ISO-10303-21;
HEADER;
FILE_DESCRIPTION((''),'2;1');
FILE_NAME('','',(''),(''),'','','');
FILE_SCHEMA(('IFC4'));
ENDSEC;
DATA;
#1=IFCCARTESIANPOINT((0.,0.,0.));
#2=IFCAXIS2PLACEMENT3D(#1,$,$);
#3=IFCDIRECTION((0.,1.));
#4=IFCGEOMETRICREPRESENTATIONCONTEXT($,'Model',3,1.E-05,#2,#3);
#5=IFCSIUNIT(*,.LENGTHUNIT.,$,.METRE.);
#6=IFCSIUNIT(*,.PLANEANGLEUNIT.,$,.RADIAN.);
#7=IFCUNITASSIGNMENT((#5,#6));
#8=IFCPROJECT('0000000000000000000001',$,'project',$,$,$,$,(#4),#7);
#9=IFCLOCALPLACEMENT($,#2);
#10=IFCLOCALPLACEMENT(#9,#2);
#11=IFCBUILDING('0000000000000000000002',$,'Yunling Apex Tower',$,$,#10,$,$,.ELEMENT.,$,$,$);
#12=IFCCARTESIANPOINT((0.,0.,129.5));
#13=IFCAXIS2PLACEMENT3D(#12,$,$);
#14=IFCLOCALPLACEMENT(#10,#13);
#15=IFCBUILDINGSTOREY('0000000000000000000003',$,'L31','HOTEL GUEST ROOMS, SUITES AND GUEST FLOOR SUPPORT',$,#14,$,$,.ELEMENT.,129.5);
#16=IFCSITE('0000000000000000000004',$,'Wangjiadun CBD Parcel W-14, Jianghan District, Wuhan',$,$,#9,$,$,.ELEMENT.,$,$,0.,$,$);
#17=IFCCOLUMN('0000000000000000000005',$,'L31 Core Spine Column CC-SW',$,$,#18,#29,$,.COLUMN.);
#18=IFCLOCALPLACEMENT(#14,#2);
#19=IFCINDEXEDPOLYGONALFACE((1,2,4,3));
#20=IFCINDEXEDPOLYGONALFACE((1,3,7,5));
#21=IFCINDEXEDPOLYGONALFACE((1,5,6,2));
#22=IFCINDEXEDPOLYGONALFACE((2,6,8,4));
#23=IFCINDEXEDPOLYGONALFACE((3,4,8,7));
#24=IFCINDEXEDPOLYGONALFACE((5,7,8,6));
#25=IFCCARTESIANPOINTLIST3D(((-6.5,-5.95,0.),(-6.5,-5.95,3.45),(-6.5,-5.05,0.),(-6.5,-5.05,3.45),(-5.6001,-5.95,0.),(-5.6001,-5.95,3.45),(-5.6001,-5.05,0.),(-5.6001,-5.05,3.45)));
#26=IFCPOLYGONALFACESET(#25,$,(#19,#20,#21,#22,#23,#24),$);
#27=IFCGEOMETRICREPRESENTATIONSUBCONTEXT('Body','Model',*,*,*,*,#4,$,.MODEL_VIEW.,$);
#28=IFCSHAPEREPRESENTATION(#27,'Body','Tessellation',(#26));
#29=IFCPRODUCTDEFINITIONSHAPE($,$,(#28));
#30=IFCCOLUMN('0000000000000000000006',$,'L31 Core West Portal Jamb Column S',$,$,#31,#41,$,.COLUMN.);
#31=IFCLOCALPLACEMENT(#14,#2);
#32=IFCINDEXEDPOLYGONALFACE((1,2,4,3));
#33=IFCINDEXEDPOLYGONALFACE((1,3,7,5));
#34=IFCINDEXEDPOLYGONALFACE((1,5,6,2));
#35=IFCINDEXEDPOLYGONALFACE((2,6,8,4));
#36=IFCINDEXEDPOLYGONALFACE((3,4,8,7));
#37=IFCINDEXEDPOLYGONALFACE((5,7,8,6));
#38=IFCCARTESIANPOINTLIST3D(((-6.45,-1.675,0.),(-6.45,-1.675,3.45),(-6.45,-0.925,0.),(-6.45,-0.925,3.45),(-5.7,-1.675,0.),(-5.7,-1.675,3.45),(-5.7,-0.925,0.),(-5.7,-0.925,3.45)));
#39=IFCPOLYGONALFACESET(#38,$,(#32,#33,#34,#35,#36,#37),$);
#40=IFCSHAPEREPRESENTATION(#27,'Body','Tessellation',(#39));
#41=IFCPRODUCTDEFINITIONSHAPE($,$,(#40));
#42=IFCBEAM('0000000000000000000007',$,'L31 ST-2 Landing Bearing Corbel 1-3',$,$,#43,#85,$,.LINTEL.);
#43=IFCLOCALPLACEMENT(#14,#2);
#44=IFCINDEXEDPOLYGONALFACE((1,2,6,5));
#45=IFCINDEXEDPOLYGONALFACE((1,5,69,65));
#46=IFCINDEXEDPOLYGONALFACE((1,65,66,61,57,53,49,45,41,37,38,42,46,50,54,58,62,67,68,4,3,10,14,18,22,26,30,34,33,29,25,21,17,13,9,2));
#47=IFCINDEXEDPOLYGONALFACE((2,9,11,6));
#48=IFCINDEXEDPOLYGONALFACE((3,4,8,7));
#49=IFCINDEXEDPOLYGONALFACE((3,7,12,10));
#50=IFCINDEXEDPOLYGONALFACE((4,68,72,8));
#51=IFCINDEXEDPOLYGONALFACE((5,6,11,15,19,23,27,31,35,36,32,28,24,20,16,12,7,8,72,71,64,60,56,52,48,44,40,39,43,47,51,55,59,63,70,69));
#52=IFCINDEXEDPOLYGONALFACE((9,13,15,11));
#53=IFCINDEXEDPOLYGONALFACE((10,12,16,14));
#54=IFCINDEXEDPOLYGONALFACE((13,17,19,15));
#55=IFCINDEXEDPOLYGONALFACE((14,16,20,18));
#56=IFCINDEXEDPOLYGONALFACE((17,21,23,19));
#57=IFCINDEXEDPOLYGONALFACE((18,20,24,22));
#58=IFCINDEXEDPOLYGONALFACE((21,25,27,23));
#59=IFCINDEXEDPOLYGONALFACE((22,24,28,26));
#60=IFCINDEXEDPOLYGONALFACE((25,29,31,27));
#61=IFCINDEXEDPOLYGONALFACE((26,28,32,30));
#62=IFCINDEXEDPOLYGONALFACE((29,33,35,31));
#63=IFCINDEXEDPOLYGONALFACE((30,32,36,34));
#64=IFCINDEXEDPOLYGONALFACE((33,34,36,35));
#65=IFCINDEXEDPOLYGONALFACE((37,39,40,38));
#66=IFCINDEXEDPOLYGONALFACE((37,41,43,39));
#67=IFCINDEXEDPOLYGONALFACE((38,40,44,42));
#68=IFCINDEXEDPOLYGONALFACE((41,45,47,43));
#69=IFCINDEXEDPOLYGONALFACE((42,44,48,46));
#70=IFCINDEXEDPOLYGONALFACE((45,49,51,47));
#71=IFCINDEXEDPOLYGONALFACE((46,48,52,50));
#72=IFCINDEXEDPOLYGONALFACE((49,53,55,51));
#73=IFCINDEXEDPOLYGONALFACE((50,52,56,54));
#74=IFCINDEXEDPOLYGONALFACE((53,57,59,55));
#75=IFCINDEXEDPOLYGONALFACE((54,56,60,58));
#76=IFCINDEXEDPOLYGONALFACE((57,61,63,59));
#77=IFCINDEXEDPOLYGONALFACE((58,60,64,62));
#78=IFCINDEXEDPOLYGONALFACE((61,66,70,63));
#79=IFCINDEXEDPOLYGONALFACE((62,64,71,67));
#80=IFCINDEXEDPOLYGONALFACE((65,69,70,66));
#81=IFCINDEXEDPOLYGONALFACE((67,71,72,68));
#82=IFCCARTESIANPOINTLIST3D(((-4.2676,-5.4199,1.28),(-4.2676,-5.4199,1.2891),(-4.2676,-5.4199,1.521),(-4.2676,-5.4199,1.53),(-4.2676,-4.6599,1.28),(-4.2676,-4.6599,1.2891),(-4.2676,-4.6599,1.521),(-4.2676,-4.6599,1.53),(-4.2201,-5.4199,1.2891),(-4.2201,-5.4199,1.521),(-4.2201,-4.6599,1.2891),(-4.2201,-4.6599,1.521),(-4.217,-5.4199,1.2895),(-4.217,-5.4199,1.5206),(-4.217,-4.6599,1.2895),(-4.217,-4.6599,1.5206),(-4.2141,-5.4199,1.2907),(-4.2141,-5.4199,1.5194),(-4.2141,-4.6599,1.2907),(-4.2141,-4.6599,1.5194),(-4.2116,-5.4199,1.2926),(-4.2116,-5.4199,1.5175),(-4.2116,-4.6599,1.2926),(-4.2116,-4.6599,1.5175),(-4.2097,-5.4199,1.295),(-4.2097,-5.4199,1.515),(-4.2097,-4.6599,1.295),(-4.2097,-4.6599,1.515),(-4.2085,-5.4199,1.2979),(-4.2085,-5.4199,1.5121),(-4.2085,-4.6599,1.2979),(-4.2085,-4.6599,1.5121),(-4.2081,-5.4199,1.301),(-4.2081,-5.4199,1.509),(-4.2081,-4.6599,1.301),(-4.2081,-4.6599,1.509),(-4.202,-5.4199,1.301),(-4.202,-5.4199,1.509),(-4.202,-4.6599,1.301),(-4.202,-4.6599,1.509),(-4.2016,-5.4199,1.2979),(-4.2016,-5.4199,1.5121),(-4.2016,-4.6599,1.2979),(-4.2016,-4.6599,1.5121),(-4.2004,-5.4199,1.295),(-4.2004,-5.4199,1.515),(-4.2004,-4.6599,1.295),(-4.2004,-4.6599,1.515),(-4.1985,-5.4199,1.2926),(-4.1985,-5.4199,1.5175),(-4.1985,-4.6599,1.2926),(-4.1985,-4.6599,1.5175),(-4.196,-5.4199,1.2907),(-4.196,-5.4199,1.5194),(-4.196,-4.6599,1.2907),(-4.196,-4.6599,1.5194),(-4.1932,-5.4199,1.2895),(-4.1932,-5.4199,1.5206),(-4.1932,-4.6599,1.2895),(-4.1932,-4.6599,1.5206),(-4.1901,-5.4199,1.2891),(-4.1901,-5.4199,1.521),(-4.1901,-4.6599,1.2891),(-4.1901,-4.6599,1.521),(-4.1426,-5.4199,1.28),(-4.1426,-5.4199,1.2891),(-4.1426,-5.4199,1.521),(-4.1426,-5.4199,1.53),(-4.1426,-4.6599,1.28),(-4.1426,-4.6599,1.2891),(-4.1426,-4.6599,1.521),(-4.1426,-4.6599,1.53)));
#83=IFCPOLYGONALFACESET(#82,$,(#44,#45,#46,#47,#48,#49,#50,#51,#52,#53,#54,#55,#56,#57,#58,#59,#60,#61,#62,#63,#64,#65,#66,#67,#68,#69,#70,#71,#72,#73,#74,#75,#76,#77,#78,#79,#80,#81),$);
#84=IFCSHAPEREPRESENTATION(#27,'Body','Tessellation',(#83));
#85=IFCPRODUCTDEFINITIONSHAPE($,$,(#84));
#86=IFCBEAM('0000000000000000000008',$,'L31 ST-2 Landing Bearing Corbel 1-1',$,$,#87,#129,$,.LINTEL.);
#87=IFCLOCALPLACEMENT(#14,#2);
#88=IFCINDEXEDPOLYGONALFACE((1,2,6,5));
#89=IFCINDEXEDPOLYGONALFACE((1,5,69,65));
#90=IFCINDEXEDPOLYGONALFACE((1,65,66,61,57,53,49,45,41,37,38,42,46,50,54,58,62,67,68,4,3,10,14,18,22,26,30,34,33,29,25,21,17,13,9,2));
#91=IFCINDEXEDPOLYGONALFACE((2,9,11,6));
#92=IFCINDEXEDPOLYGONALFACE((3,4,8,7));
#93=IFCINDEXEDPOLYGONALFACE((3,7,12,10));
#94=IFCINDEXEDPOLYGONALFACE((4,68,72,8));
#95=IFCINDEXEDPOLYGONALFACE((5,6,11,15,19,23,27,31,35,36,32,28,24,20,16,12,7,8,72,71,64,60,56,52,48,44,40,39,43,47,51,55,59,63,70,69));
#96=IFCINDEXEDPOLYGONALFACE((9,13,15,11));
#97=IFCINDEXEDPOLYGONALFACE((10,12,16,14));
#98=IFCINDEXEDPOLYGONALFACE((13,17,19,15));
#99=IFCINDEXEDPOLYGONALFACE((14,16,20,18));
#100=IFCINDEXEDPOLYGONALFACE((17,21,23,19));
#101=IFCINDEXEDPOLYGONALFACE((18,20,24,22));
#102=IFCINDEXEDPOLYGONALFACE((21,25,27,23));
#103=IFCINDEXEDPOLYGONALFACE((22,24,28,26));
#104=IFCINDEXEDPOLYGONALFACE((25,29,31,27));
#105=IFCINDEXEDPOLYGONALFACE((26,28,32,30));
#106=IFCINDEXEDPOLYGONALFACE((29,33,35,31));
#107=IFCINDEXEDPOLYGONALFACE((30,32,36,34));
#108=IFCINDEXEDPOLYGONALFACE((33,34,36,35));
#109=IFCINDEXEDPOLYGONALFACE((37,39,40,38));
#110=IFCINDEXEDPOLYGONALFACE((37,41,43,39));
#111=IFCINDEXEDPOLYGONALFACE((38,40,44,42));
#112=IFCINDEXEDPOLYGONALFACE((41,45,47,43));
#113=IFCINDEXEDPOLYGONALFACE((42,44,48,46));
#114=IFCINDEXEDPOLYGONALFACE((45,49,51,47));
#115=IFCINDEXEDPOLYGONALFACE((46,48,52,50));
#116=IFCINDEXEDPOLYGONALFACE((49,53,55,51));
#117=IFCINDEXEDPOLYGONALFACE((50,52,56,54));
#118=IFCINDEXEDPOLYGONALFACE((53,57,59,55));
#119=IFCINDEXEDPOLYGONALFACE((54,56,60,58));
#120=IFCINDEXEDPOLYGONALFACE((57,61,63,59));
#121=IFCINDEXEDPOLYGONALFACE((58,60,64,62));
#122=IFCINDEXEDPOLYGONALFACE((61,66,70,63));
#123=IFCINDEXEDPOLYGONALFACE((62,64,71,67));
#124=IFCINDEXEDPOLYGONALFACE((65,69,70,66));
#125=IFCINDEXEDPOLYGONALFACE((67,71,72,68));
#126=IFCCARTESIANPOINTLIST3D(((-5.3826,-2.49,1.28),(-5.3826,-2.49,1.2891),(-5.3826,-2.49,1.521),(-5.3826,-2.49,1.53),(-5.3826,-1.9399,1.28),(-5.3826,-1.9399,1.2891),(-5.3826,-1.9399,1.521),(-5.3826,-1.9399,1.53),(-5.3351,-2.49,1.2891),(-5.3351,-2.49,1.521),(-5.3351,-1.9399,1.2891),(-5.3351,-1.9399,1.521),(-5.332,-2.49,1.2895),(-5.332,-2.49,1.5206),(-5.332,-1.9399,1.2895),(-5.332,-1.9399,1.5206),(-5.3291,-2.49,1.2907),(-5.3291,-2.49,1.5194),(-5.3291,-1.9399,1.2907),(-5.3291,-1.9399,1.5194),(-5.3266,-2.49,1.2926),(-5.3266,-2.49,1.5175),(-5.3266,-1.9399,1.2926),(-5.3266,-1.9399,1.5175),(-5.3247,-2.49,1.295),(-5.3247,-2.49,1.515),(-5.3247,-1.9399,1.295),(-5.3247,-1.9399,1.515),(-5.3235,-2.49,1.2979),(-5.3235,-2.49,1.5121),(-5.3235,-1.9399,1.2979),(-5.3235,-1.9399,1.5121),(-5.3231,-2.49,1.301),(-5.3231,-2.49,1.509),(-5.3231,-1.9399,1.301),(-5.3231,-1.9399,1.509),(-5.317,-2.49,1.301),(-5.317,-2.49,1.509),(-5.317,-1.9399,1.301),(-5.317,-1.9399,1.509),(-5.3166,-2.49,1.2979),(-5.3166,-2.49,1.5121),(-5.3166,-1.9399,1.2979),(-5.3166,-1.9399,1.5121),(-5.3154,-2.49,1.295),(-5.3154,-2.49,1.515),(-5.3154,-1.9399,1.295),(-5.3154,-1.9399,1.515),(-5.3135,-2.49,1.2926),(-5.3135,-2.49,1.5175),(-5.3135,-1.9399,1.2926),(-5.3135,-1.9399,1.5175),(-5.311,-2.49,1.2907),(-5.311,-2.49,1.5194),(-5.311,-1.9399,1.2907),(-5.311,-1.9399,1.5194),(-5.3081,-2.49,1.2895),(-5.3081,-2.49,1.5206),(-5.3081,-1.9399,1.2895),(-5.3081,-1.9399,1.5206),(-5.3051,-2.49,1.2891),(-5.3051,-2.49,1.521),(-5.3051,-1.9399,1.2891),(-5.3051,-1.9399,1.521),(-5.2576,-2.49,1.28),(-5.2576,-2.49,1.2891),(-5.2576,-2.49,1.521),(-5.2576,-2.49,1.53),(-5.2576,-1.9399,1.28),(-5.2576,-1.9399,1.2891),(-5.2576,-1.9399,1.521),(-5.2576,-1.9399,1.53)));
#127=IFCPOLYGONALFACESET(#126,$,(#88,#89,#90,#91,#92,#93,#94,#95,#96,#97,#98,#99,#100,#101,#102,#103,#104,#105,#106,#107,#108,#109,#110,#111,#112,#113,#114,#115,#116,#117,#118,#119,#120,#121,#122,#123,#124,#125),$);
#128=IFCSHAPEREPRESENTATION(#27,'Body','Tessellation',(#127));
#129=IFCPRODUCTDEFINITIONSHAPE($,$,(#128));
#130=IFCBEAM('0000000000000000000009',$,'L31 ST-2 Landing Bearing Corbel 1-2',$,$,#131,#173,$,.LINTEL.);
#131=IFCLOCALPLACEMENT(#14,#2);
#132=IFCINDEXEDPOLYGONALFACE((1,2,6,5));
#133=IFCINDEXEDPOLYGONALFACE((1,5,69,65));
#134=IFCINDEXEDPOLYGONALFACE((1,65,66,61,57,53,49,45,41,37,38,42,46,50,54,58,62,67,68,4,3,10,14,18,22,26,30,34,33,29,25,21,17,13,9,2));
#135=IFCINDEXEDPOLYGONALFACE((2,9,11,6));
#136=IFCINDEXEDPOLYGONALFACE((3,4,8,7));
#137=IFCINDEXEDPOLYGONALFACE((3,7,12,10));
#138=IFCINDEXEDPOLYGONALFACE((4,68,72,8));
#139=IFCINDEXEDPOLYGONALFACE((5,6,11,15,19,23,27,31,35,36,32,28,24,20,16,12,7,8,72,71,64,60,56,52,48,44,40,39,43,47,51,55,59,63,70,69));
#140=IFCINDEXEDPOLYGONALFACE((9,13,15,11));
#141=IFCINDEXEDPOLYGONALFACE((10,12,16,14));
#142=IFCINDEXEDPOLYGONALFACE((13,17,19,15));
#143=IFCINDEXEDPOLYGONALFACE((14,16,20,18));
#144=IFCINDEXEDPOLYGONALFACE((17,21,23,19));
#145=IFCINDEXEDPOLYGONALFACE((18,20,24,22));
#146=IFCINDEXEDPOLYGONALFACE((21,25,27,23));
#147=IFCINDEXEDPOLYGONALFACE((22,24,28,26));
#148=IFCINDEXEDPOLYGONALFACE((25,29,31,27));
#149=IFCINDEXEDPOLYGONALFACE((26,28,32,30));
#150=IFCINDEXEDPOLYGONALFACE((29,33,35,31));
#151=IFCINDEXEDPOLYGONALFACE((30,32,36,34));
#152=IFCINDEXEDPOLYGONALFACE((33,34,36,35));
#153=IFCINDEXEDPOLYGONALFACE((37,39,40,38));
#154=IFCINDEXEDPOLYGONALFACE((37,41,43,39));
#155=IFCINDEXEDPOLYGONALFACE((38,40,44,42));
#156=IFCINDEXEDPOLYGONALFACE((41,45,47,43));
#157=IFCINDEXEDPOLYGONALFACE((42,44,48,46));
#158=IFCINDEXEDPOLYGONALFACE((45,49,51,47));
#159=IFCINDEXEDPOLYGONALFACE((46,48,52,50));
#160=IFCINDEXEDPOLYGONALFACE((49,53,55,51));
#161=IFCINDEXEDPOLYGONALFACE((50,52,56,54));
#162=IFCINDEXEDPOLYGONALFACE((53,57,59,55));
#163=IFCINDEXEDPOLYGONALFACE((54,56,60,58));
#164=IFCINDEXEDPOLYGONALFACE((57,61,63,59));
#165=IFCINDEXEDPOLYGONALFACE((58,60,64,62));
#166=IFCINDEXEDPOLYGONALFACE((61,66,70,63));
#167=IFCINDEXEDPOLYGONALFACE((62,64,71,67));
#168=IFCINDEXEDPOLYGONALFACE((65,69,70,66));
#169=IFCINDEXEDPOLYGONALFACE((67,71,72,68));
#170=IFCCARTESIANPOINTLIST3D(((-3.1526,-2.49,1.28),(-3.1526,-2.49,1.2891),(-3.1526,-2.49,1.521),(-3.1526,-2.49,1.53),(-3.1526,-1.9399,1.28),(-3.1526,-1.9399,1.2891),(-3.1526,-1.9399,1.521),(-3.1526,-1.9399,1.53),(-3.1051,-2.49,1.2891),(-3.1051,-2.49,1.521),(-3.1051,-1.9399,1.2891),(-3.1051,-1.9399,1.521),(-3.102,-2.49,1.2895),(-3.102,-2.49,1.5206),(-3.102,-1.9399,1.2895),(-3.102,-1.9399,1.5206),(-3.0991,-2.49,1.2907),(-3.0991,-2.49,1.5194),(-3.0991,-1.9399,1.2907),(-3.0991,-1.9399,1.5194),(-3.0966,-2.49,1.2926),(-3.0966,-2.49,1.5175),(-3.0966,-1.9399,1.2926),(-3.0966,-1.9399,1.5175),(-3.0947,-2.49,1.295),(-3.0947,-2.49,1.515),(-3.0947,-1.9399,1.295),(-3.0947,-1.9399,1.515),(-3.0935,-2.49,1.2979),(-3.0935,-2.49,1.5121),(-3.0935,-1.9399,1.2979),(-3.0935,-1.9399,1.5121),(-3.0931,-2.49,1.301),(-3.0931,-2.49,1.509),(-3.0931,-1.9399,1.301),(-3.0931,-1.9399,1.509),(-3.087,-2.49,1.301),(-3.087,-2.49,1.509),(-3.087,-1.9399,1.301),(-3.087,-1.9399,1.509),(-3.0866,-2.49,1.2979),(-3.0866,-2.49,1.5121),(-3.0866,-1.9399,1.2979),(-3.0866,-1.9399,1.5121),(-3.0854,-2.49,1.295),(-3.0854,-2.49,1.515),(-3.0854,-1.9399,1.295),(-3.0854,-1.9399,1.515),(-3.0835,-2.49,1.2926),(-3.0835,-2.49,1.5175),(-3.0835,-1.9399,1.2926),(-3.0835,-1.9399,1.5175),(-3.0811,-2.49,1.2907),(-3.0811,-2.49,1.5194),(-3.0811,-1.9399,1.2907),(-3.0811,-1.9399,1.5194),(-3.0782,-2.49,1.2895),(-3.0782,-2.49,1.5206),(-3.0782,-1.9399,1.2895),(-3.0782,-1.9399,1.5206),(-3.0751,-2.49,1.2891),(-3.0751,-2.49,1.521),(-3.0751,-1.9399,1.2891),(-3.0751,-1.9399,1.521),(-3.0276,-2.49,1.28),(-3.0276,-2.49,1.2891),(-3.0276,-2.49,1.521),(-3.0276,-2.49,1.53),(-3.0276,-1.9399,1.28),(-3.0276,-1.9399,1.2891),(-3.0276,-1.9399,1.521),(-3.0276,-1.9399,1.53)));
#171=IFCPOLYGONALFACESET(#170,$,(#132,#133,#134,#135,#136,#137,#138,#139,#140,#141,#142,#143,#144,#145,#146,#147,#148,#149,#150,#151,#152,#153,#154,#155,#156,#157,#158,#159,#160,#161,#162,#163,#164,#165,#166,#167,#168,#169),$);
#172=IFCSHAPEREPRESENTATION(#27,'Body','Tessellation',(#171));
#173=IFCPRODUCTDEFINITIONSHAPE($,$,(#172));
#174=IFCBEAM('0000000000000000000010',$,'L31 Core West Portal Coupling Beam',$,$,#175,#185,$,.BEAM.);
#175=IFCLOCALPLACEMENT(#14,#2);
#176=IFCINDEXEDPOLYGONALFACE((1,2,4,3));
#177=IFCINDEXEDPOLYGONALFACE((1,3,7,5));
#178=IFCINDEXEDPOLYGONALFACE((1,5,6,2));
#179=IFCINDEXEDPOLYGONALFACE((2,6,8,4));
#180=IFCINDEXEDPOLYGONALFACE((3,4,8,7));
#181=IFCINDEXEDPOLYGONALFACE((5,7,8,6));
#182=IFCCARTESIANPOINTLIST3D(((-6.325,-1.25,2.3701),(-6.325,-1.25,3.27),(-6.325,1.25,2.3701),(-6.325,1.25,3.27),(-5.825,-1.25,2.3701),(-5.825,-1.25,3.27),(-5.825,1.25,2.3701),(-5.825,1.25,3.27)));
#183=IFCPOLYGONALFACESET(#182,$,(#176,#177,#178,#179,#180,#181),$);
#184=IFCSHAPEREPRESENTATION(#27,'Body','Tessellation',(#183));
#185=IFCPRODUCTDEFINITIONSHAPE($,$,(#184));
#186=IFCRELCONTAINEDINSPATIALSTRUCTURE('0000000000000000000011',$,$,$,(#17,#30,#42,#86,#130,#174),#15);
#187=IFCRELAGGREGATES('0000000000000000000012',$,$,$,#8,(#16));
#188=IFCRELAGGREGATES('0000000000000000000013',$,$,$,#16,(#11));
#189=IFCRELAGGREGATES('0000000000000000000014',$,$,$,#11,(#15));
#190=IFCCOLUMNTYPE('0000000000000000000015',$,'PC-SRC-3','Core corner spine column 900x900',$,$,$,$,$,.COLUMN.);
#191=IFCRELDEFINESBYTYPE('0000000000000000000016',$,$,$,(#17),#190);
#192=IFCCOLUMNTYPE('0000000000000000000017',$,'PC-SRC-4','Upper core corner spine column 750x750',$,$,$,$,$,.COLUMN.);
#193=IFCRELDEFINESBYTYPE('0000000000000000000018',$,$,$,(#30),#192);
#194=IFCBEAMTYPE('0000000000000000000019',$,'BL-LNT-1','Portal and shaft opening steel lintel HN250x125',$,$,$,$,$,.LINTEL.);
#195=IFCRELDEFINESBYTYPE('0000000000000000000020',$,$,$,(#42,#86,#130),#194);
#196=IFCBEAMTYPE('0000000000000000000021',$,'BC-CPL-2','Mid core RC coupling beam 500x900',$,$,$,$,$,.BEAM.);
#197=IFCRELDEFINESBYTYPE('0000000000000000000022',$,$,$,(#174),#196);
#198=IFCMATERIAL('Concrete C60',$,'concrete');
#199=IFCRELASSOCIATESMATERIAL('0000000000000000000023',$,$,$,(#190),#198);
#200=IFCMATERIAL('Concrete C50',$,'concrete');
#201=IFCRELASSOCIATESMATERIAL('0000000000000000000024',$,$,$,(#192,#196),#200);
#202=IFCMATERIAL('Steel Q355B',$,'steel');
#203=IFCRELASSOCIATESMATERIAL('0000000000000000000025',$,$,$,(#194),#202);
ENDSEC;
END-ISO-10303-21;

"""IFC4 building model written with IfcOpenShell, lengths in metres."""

from ifc_helpers import new_model, si_unit, direction, frame, origin, origin_2d, place, context, subcontext, project, spatial, rectangle, i_section, extrude, source, transform, mapped, material, material_profile, profile_set, type_object, element, save


model = new_model("IFC4")

# Units and contexts
model_context = context("Model", 3, precision=1e-05, world=origin(), true_north=direction((0.0, 1.0)))
body_context = subcontext(model_context, "Body", "Model", "MODEL_VIEW")
ifc_project = project(units=[si_unit("LENGTHUNIT", "METRE"), si_unit("PLANEANGLEUNIT", "RADIAN")], contexts=[model_context])

# Site, building, storey
site_placement = place(None, origin())
site = spatial("IfcSite", under=ifc_project, at=site_placement, Name="Wangjiadun CBD Parcel W-14, Jianghan District, Wuhan", CompositionType="ELEMENT", RefElevation=0.0)
building_placement = place(site_placement, origin())
building = spatial("IfcBuilding", under=site, at=building_placement, Name="Yunling Apex Tower", CompositionType="ELEMENT")
storey_placement = place(building_placement, frame((0.0, 0.0, 129.5)))
storey = spatial("IfcBuildingStorey", under=building, at=storey_placement, Name="L31", Description="HOTEL GUEST ROOMS, SUITES AND GUEST FLOOR SUPPORT", CompositionType="ELEMENT", Elevation=129.5)

# Columns
ifc_material_1 = material(Name="Concrete C60", Category="concrete")
ifc_material_profile_1 = material_profile(ifc_material_1, rectangle(XDim=0.8999, YDim=0.8999, at=origin_2d()))
ifc_profile_set_1 = profile_set([ifc_material_profile_1], Name="Concrete C60")
column_type_1 = type_object("IfcColumnType", Name="PC-SRC-3", Description="Core corner spine column 900x900", PredefinedType="COLUMN", material=ifc_profile_set_1)
shared_shape_1 = source(origin(), body_context, "Body", "SweptSolid", [
    extrude(rectangle(XDim=0.8999, YDim=0.8999, at=origin_2d()), origin(), (0.0, 0.0, 1.0), 3.45),
])
column_1_placement = place(storey_placement, frame((-6.05, -5.5, 0.0), z_axis=(0.0, 0.0, 1.0), x_axis=(1.0, 0.0, 0.0)))
element("IfcColumn", 1, at=column_1_placement, inside=storey, type_object=column_type_1, Name="L31 Core Spine Column CC-SW", PredefinedType="COLUMN", context=body_context, shape_type="MappedRepresentation", body=[
    mapped(shared_shape_1, transform((0.0, 0.0, 0.0), scale=1.0)),
])
ifc_material_2 = material(Name="Concrete C50", Category="concrete")
ifc_material_profile_2 = material_profile(ifc_material_2, rectangle(XDim=0.75, YDim=0.75, at=origin_2d()))
ifc_profile_set_2 = profile_set([ifc_material_profile_2], Name="Concrete C50")
column_type_2 = type_object("IfcColumnType", Name="PC-SRC-4", Description="Upper core corner spine column 750x750", PredefinedType="COLUMN", material=ifc_profile_set_2)
shared_shape_2 = source(origin(), body_context, "Body", "SweptSolid", [
    extrude(rectangle(XDim=0.75, YDim=0.75, at=origin_2d()), origin(), (0.0, 0.0, 1.0), 3.45),
])
column_2_placement = place(storey_placement, frame((-6.075, -1.3, 0.0), z_axis=(0.0, 0.0, 1.0), x_axis=(1.0, 0.0, 0.0)))
element("IfcColumn", 2, at=column_2_placement, inside=storey, type_object=column_type_2, Name="L31 Core West Portal Jamb Column S", PredefinedType="COLUMN", context=body_context, shape_type="MappedRepresentation", body=[
    mapped(shared_shape_2, transform((0.0, 0.0, 0.0), scale=1.0)),
])

# Beams
ifc_material_3 = material(Name="Steel Q355B", Category="steel")
ifc_material_profile_3 = material_profile(ifc_material_3, i_section(OverallWidth=0.125, OverallDepth=0.25, WebThickness=0.0061, FlangeThickness=0.009, FilletRadius=0.012, at=origin_2d()))
ifc_profile_set_3 = profile_set([ifc_material_profile_3], Name="Steel Q355B")
beam_type_1 = type_object("IfcBeamType", Name="BL-LNT-1", Description="Portal and shaft opening steel lintel HN250x125", PredefinedType="LINTEL", material=ifc_profile_set_3)
shared_shape_3 = source(origin(), body_context, "Body", "SweptSolid", [
    extrude(i_section(OverallWidth=0.125, OverallDepth=0.25, WebThickness=0.0061, FlangeThickness=0.009, FilletRadius=0.012, at=origin_2d()), origin(), (0.0, 0.0, 1.0), 0.76),
])
beam_1_placement = place(storey_placement, frame((-4.2051, -5.4199, 1.405), z_axis=(0.0, 1.0, 0.0), x_axis=(-1.0, 0.0, 0.0)))
element("IfcBeam", 3, at=beam_1_placement, inside=storey, type_object=beam_type_1, Name="L31 ST-2 Landing Bearing Corbel 1-3", PredefinedType="LINTEL", context=body_context, shape_type="MappedRepresentation", body=[
    mapped(shared_shape_3, transform((0.0, 0.0, 0.0), scale=1.0)),
])
shared_shape_4 = source(origin(), body_context, "Body", "SweptSolid", [
    extrude(i_section(OverallWidth=0.125, OverallDepth=0.25, WebThickness=0.0061, FlangeThickness=0.009, FilletRadius=0.012, at=origin_2d()), origin(), (0.0, 0.0, 1.0), 0.55),
])
for number, where, z_axis, x_axis, name in (
    (4, (-5.3201, -1.9399, 1.405), (0.0, -1.0, 0.0), (1.0, 0.0, 0.0), "L31 ST-2 Landing Bearing Corbel 1-1"),
    (5, (-3.0901, -1.9399, 1.405), (0.0, -1.0, 0.0), (1.0, 0.0, 0.0), "L31 ST-2 Landing Bearing Corbel 1-2"),
):
    element("IfcBeam", number, at=place(storey_placement, frame(where, z_axis=z_axis, x_axis=x_axis)), inside=storey, type_object=beam_type_1, Name=name, PredefinedType="LINTEL", context=body_context, shape_type="MappedRepresentation", body=[
        mapped(shared_shape_4, transform((0.0, 0.0, 0.0), scale=1.0)),
    ])
ifc_material_profile_4 = material_profile(ifc_material_2, rectangle(XDim=0.5, YDim=0.8999, at=origin_2d()))
ifc_profile_set_4 = profile_set([ifc_material_profile_4], Name="Concrete C50")
beam_type_2 = type_object("IfcBeamType", Name="BC-CPL-2", Description="Mid core RC coupling beam 500x900", PredefinedType="BEAM", material=ifc_profile_set_4)
shared_shape_5 = source(origin(), body_context, "Body", "SweptSolid", [
    extrude(rectangle(XDim=0.5, YDim=0.8999, at=origin_2d()), origin(), (0.0, 0.0, 1.0), 2.5),
])
beam_2_placement = place(storey_placement, frame((-6.075, -1.25, 2.8201), z_axis=(0.0, 1.0, 0.0), x_axis=(-1.0, 0.0, 0.0)))
element("IfcBeam", 6, at=beam_2_placement, inside=storey, type_object=beam_type_2, Name="L31 Core West Portal Coupling Beam", PredefinedType="BEAM", context=body_context, shape_type="MappedRepresentation", body=[
    mapped(shared_shape_5, transform((0.0, 0.0, 0.0), scale=1.0)),
])

save(model, "model.ifc")
